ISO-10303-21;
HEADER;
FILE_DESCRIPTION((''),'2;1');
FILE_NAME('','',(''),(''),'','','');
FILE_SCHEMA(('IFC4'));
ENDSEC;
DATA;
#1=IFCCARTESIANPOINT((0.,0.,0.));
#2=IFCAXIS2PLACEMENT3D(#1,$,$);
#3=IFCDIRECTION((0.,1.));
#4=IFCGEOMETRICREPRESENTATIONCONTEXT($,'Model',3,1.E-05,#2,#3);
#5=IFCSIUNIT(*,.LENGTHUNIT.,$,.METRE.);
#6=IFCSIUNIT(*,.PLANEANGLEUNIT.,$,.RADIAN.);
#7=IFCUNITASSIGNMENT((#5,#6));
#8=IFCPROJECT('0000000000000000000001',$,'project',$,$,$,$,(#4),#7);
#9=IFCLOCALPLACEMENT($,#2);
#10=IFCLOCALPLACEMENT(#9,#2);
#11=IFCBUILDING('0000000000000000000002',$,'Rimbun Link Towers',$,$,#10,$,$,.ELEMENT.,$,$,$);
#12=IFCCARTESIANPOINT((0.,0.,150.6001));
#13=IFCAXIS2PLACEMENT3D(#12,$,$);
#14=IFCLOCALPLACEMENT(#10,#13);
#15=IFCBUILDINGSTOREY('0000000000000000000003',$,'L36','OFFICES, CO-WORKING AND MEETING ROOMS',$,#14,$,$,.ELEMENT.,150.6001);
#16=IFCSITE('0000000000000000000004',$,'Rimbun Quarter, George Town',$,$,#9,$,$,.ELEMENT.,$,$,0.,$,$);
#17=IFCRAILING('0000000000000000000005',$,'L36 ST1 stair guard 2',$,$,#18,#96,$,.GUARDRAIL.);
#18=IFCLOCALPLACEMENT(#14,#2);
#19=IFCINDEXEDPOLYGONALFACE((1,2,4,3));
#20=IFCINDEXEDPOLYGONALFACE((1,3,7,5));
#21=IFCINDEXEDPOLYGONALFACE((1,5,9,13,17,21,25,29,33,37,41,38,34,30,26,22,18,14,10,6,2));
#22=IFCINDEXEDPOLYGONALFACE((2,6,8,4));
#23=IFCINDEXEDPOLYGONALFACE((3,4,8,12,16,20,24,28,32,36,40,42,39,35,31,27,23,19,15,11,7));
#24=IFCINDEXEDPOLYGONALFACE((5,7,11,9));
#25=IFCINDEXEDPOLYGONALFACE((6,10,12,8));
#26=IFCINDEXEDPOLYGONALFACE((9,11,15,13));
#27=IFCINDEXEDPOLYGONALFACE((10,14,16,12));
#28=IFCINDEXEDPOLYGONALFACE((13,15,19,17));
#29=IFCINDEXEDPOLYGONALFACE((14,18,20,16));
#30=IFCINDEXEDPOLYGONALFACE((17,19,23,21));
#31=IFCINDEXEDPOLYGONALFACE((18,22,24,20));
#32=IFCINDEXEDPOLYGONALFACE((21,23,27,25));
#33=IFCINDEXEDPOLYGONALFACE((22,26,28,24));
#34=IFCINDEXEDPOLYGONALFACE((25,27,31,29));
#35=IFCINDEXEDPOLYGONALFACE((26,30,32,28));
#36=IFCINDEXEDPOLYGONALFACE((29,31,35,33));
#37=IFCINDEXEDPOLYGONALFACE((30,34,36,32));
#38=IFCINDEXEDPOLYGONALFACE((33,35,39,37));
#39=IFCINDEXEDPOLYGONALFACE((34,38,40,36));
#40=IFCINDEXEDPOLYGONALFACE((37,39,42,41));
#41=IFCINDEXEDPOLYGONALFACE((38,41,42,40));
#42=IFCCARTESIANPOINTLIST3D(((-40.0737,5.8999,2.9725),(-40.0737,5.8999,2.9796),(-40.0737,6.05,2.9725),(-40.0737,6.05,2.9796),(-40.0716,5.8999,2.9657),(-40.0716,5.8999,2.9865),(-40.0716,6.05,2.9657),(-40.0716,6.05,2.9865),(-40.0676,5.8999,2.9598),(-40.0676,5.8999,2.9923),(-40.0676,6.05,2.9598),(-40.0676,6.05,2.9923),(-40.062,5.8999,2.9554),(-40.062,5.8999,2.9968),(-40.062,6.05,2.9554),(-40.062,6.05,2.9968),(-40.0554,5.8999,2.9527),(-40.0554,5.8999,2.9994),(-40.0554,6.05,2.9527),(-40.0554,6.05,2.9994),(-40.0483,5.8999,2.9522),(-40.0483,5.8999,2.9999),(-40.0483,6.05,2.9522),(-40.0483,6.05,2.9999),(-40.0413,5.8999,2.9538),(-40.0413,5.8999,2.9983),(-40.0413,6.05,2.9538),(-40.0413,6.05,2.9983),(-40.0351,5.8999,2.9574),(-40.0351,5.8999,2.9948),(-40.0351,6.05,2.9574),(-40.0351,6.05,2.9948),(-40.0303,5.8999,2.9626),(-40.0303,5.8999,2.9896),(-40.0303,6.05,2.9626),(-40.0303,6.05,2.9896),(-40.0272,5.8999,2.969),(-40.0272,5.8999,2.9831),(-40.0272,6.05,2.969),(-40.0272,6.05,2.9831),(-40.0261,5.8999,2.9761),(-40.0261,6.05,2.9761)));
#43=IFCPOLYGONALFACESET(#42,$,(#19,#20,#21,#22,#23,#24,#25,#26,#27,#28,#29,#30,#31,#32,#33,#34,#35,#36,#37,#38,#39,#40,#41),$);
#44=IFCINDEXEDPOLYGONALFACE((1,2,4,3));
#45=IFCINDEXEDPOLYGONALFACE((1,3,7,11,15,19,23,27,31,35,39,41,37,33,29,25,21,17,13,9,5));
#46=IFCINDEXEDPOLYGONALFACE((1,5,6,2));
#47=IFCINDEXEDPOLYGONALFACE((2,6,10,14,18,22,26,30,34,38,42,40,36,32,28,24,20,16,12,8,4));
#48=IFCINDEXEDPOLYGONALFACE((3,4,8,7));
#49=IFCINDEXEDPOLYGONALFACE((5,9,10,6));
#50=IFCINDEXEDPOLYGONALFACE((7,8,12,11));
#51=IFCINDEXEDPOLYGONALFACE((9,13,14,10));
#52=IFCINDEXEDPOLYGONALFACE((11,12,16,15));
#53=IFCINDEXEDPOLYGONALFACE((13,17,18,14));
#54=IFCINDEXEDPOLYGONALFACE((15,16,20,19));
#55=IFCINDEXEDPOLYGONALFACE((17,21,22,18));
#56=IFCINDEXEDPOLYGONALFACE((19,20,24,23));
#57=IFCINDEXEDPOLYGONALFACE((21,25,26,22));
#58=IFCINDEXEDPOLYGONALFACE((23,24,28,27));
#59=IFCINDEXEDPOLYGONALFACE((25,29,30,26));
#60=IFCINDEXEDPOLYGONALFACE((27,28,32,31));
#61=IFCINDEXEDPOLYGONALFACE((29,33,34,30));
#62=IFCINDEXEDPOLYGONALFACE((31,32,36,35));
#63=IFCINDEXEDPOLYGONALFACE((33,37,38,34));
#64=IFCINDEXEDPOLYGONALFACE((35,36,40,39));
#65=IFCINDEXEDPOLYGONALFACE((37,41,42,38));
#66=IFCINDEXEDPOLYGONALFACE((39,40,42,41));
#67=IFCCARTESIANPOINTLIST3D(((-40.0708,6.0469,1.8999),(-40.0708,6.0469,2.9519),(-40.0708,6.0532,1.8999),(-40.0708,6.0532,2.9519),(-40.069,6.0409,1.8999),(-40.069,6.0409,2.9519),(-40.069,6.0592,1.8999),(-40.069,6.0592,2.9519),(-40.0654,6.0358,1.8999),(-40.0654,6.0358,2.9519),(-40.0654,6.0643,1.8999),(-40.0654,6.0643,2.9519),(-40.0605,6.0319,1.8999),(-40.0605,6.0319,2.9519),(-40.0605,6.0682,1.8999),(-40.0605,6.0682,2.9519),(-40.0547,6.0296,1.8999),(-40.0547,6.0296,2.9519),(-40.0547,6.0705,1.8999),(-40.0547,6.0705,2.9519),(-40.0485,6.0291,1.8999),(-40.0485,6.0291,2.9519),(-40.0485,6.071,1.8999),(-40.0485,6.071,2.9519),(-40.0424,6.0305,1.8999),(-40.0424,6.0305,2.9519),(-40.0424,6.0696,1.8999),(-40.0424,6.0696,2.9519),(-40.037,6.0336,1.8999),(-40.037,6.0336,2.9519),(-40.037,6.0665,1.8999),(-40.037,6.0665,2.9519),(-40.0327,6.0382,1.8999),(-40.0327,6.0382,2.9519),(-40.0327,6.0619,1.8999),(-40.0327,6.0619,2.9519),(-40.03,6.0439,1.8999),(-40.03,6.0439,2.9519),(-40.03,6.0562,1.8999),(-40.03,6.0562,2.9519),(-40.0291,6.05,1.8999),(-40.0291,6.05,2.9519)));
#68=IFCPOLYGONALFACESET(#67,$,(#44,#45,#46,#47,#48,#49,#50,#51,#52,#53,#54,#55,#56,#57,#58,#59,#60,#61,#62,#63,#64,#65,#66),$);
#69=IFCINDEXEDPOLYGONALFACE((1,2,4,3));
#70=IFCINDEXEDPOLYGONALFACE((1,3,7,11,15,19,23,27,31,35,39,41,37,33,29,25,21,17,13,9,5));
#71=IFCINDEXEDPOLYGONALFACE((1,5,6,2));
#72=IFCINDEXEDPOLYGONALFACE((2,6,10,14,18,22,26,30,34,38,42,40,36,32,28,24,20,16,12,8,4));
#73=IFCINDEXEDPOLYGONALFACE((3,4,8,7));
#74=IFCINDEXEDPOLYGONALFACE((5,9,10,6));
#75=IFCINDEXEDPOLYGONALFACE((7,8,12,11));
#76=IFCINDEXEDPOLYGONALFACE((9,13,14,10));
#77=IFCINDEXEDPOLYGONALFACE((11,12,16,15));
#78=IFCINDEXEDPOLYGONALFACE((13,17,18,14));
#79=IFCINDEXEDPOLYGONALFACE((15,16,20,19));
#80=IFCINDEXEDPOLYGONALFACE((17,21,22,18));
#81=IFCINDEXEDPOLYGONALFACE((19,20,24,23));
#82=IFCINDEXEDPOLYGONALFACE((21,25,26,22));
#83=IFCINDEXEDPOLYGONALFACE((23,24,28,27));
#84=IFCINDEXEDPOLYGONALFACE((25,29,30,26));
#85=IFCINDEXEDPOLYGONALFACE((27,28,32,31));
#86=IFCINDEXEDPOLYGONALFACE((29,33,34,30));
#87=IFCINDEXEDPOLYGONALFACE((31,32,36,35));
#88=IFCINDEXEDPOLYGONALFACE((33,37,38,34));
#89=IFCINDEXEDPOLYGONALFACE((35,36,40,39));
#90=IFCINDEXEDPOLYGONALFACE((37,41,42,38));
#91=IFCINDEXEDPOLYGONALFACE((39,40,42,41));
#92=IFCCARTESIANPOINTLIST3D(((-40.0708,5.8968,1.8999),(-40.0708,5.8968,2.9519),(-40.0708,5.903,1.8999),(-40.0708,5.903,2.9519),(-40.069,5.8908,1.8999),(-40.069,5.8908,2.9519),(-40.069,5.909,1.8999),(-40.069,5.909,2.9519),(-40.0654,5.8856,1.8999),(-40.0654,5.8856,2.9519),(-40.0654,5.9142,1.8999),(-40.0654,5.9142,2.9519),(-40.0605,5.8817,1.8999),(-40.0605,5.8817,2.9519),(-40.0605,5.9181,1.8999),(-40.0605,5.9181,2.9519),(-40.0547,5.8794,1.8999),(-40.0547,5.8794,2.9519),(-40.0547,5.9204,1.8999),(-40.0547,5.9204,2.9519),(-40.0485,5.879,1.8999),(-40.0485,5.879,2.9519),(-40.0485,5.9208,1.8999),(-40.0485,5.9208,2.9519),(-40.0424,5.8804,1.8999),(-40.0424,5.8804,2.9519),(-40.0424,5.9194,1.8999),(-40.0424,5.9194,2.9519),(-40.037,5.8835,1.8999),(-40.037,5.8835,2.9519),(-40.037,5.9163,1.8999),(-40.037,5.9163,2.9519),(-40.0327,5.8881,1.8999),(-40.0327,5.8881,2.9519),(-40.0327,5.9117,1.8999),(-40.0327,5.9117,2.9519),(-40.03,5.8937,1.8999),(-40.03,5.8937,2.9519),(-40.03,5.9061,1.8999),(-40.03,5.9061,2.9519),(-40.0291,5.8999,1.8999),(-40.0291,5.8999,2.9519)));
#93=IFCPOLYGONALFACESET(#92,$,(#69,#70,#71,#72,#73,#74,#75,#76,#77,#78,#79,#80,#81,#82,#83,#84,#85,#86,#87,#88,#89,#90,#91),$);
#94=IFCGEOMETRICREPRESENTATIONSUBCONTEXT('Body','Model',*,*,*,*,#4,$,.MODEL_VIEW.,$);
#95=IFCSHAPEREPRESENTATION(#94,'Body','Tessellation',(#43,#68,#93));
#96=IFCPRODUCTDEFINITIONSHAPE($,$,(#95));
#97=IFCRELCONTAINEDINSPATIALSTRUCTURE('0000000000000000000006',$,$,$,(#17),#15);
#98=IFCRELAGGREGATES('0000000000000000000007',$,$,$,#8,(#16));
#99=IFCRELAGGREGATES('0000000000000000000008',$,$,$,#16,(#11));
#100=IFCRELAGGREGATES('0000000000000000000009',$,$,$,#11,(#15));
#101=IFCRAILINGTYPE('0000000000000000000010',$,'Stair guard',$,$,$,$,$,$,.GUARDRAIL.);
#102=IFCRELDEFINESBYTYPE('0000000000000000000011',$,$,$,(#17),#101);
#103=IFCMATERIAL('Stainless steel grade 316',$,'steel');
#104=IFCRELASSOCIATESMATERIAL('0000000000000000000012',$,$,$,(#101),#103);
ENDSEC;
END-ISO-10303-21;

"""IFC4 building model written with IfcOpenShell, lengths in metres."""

from ifc_helpers import new_model, si_unit, direction, frame, origin, origin_2d, place, context, subcontext, project, spatial, circle, extrude, material, type_object, element, save


model = new_model("IFC4")

# Units and contexts
model_context = context("Model", 3, precision=1e-05, world=origin(), true_north=direction((0.0, 1.0)))
body_context = subcontext(model_context, "Body", "Model", "MODEL_VIEW")
ifc_project = project(units=[si_unit("LENGTHUNIT", "METRE"), si_unit("PLANEANGLEUNIT", "RADIAN")], contexts=[model_context])

# Site, building, storey
site_placement = place(None, origin())
site = spatial("IfcSite", under=ifc_project, at=site_placement, Name="Rimbun Quarter, George Town", CompositionType="ELEMENT", RefElevation=0.0)
building_placement = place(site_placement, origin())
building = spatial("IfcBuilding", under=site, at=building_placement, Name="Rimbun Link Towers", CompositionType="ELEMENT")
storey_placement = place(building_placement, frame((0.0, 0.0, 150.6001)))
storey = spatial("IfcBuildingStorey", under=building, at=storey_placement, Name="L36", Description="OFFICES, CO-WORKING AND MEETING ROOMS", CompositionType="ELEMENT", Elevation=150.6001)

# Railing
ifc_material_1 = material(Name="Stainless steel grade 316", Category="steel")
railing_type_1 = type_object("IfcRailingType", Name="Stair guard", PredefinedType="GUARDRAIL", material=ifc_material_1)
railing_1_placement = place(storey_placement, frame((-40.05, 6.05, 1.8999)))
element("IfcRailing", 1, at=railing_1_placement, inside=storey, type_object=railing_type_1, Name="L36 ST1 stair guard 2", PredefinedType="GUARDRAIL", context=body_context, shape_type="SweptSolid", body=[
    extrude(circle(Radius=0.0239, at=origin_2d()), frame((0.0, 0.0, 1.0762), z_axis=(0.0, -1.0, 0.0), x_axis=(1.0, 0.0, 0.0)), (0.0, 0.0, 1.0), 0.1501),
    extrude(circle(Radius=0.021, at=origin_2d()), origin(), (0.0, 0.0, 1.0), 1.052),
    extrude(circle(Radius=0.021, at=origin_2d()), frame((0.0, -0.1501, 0.0)), (0.0, 0.0, 1.0), 1.052),
])

save(model, "model.ifc")
